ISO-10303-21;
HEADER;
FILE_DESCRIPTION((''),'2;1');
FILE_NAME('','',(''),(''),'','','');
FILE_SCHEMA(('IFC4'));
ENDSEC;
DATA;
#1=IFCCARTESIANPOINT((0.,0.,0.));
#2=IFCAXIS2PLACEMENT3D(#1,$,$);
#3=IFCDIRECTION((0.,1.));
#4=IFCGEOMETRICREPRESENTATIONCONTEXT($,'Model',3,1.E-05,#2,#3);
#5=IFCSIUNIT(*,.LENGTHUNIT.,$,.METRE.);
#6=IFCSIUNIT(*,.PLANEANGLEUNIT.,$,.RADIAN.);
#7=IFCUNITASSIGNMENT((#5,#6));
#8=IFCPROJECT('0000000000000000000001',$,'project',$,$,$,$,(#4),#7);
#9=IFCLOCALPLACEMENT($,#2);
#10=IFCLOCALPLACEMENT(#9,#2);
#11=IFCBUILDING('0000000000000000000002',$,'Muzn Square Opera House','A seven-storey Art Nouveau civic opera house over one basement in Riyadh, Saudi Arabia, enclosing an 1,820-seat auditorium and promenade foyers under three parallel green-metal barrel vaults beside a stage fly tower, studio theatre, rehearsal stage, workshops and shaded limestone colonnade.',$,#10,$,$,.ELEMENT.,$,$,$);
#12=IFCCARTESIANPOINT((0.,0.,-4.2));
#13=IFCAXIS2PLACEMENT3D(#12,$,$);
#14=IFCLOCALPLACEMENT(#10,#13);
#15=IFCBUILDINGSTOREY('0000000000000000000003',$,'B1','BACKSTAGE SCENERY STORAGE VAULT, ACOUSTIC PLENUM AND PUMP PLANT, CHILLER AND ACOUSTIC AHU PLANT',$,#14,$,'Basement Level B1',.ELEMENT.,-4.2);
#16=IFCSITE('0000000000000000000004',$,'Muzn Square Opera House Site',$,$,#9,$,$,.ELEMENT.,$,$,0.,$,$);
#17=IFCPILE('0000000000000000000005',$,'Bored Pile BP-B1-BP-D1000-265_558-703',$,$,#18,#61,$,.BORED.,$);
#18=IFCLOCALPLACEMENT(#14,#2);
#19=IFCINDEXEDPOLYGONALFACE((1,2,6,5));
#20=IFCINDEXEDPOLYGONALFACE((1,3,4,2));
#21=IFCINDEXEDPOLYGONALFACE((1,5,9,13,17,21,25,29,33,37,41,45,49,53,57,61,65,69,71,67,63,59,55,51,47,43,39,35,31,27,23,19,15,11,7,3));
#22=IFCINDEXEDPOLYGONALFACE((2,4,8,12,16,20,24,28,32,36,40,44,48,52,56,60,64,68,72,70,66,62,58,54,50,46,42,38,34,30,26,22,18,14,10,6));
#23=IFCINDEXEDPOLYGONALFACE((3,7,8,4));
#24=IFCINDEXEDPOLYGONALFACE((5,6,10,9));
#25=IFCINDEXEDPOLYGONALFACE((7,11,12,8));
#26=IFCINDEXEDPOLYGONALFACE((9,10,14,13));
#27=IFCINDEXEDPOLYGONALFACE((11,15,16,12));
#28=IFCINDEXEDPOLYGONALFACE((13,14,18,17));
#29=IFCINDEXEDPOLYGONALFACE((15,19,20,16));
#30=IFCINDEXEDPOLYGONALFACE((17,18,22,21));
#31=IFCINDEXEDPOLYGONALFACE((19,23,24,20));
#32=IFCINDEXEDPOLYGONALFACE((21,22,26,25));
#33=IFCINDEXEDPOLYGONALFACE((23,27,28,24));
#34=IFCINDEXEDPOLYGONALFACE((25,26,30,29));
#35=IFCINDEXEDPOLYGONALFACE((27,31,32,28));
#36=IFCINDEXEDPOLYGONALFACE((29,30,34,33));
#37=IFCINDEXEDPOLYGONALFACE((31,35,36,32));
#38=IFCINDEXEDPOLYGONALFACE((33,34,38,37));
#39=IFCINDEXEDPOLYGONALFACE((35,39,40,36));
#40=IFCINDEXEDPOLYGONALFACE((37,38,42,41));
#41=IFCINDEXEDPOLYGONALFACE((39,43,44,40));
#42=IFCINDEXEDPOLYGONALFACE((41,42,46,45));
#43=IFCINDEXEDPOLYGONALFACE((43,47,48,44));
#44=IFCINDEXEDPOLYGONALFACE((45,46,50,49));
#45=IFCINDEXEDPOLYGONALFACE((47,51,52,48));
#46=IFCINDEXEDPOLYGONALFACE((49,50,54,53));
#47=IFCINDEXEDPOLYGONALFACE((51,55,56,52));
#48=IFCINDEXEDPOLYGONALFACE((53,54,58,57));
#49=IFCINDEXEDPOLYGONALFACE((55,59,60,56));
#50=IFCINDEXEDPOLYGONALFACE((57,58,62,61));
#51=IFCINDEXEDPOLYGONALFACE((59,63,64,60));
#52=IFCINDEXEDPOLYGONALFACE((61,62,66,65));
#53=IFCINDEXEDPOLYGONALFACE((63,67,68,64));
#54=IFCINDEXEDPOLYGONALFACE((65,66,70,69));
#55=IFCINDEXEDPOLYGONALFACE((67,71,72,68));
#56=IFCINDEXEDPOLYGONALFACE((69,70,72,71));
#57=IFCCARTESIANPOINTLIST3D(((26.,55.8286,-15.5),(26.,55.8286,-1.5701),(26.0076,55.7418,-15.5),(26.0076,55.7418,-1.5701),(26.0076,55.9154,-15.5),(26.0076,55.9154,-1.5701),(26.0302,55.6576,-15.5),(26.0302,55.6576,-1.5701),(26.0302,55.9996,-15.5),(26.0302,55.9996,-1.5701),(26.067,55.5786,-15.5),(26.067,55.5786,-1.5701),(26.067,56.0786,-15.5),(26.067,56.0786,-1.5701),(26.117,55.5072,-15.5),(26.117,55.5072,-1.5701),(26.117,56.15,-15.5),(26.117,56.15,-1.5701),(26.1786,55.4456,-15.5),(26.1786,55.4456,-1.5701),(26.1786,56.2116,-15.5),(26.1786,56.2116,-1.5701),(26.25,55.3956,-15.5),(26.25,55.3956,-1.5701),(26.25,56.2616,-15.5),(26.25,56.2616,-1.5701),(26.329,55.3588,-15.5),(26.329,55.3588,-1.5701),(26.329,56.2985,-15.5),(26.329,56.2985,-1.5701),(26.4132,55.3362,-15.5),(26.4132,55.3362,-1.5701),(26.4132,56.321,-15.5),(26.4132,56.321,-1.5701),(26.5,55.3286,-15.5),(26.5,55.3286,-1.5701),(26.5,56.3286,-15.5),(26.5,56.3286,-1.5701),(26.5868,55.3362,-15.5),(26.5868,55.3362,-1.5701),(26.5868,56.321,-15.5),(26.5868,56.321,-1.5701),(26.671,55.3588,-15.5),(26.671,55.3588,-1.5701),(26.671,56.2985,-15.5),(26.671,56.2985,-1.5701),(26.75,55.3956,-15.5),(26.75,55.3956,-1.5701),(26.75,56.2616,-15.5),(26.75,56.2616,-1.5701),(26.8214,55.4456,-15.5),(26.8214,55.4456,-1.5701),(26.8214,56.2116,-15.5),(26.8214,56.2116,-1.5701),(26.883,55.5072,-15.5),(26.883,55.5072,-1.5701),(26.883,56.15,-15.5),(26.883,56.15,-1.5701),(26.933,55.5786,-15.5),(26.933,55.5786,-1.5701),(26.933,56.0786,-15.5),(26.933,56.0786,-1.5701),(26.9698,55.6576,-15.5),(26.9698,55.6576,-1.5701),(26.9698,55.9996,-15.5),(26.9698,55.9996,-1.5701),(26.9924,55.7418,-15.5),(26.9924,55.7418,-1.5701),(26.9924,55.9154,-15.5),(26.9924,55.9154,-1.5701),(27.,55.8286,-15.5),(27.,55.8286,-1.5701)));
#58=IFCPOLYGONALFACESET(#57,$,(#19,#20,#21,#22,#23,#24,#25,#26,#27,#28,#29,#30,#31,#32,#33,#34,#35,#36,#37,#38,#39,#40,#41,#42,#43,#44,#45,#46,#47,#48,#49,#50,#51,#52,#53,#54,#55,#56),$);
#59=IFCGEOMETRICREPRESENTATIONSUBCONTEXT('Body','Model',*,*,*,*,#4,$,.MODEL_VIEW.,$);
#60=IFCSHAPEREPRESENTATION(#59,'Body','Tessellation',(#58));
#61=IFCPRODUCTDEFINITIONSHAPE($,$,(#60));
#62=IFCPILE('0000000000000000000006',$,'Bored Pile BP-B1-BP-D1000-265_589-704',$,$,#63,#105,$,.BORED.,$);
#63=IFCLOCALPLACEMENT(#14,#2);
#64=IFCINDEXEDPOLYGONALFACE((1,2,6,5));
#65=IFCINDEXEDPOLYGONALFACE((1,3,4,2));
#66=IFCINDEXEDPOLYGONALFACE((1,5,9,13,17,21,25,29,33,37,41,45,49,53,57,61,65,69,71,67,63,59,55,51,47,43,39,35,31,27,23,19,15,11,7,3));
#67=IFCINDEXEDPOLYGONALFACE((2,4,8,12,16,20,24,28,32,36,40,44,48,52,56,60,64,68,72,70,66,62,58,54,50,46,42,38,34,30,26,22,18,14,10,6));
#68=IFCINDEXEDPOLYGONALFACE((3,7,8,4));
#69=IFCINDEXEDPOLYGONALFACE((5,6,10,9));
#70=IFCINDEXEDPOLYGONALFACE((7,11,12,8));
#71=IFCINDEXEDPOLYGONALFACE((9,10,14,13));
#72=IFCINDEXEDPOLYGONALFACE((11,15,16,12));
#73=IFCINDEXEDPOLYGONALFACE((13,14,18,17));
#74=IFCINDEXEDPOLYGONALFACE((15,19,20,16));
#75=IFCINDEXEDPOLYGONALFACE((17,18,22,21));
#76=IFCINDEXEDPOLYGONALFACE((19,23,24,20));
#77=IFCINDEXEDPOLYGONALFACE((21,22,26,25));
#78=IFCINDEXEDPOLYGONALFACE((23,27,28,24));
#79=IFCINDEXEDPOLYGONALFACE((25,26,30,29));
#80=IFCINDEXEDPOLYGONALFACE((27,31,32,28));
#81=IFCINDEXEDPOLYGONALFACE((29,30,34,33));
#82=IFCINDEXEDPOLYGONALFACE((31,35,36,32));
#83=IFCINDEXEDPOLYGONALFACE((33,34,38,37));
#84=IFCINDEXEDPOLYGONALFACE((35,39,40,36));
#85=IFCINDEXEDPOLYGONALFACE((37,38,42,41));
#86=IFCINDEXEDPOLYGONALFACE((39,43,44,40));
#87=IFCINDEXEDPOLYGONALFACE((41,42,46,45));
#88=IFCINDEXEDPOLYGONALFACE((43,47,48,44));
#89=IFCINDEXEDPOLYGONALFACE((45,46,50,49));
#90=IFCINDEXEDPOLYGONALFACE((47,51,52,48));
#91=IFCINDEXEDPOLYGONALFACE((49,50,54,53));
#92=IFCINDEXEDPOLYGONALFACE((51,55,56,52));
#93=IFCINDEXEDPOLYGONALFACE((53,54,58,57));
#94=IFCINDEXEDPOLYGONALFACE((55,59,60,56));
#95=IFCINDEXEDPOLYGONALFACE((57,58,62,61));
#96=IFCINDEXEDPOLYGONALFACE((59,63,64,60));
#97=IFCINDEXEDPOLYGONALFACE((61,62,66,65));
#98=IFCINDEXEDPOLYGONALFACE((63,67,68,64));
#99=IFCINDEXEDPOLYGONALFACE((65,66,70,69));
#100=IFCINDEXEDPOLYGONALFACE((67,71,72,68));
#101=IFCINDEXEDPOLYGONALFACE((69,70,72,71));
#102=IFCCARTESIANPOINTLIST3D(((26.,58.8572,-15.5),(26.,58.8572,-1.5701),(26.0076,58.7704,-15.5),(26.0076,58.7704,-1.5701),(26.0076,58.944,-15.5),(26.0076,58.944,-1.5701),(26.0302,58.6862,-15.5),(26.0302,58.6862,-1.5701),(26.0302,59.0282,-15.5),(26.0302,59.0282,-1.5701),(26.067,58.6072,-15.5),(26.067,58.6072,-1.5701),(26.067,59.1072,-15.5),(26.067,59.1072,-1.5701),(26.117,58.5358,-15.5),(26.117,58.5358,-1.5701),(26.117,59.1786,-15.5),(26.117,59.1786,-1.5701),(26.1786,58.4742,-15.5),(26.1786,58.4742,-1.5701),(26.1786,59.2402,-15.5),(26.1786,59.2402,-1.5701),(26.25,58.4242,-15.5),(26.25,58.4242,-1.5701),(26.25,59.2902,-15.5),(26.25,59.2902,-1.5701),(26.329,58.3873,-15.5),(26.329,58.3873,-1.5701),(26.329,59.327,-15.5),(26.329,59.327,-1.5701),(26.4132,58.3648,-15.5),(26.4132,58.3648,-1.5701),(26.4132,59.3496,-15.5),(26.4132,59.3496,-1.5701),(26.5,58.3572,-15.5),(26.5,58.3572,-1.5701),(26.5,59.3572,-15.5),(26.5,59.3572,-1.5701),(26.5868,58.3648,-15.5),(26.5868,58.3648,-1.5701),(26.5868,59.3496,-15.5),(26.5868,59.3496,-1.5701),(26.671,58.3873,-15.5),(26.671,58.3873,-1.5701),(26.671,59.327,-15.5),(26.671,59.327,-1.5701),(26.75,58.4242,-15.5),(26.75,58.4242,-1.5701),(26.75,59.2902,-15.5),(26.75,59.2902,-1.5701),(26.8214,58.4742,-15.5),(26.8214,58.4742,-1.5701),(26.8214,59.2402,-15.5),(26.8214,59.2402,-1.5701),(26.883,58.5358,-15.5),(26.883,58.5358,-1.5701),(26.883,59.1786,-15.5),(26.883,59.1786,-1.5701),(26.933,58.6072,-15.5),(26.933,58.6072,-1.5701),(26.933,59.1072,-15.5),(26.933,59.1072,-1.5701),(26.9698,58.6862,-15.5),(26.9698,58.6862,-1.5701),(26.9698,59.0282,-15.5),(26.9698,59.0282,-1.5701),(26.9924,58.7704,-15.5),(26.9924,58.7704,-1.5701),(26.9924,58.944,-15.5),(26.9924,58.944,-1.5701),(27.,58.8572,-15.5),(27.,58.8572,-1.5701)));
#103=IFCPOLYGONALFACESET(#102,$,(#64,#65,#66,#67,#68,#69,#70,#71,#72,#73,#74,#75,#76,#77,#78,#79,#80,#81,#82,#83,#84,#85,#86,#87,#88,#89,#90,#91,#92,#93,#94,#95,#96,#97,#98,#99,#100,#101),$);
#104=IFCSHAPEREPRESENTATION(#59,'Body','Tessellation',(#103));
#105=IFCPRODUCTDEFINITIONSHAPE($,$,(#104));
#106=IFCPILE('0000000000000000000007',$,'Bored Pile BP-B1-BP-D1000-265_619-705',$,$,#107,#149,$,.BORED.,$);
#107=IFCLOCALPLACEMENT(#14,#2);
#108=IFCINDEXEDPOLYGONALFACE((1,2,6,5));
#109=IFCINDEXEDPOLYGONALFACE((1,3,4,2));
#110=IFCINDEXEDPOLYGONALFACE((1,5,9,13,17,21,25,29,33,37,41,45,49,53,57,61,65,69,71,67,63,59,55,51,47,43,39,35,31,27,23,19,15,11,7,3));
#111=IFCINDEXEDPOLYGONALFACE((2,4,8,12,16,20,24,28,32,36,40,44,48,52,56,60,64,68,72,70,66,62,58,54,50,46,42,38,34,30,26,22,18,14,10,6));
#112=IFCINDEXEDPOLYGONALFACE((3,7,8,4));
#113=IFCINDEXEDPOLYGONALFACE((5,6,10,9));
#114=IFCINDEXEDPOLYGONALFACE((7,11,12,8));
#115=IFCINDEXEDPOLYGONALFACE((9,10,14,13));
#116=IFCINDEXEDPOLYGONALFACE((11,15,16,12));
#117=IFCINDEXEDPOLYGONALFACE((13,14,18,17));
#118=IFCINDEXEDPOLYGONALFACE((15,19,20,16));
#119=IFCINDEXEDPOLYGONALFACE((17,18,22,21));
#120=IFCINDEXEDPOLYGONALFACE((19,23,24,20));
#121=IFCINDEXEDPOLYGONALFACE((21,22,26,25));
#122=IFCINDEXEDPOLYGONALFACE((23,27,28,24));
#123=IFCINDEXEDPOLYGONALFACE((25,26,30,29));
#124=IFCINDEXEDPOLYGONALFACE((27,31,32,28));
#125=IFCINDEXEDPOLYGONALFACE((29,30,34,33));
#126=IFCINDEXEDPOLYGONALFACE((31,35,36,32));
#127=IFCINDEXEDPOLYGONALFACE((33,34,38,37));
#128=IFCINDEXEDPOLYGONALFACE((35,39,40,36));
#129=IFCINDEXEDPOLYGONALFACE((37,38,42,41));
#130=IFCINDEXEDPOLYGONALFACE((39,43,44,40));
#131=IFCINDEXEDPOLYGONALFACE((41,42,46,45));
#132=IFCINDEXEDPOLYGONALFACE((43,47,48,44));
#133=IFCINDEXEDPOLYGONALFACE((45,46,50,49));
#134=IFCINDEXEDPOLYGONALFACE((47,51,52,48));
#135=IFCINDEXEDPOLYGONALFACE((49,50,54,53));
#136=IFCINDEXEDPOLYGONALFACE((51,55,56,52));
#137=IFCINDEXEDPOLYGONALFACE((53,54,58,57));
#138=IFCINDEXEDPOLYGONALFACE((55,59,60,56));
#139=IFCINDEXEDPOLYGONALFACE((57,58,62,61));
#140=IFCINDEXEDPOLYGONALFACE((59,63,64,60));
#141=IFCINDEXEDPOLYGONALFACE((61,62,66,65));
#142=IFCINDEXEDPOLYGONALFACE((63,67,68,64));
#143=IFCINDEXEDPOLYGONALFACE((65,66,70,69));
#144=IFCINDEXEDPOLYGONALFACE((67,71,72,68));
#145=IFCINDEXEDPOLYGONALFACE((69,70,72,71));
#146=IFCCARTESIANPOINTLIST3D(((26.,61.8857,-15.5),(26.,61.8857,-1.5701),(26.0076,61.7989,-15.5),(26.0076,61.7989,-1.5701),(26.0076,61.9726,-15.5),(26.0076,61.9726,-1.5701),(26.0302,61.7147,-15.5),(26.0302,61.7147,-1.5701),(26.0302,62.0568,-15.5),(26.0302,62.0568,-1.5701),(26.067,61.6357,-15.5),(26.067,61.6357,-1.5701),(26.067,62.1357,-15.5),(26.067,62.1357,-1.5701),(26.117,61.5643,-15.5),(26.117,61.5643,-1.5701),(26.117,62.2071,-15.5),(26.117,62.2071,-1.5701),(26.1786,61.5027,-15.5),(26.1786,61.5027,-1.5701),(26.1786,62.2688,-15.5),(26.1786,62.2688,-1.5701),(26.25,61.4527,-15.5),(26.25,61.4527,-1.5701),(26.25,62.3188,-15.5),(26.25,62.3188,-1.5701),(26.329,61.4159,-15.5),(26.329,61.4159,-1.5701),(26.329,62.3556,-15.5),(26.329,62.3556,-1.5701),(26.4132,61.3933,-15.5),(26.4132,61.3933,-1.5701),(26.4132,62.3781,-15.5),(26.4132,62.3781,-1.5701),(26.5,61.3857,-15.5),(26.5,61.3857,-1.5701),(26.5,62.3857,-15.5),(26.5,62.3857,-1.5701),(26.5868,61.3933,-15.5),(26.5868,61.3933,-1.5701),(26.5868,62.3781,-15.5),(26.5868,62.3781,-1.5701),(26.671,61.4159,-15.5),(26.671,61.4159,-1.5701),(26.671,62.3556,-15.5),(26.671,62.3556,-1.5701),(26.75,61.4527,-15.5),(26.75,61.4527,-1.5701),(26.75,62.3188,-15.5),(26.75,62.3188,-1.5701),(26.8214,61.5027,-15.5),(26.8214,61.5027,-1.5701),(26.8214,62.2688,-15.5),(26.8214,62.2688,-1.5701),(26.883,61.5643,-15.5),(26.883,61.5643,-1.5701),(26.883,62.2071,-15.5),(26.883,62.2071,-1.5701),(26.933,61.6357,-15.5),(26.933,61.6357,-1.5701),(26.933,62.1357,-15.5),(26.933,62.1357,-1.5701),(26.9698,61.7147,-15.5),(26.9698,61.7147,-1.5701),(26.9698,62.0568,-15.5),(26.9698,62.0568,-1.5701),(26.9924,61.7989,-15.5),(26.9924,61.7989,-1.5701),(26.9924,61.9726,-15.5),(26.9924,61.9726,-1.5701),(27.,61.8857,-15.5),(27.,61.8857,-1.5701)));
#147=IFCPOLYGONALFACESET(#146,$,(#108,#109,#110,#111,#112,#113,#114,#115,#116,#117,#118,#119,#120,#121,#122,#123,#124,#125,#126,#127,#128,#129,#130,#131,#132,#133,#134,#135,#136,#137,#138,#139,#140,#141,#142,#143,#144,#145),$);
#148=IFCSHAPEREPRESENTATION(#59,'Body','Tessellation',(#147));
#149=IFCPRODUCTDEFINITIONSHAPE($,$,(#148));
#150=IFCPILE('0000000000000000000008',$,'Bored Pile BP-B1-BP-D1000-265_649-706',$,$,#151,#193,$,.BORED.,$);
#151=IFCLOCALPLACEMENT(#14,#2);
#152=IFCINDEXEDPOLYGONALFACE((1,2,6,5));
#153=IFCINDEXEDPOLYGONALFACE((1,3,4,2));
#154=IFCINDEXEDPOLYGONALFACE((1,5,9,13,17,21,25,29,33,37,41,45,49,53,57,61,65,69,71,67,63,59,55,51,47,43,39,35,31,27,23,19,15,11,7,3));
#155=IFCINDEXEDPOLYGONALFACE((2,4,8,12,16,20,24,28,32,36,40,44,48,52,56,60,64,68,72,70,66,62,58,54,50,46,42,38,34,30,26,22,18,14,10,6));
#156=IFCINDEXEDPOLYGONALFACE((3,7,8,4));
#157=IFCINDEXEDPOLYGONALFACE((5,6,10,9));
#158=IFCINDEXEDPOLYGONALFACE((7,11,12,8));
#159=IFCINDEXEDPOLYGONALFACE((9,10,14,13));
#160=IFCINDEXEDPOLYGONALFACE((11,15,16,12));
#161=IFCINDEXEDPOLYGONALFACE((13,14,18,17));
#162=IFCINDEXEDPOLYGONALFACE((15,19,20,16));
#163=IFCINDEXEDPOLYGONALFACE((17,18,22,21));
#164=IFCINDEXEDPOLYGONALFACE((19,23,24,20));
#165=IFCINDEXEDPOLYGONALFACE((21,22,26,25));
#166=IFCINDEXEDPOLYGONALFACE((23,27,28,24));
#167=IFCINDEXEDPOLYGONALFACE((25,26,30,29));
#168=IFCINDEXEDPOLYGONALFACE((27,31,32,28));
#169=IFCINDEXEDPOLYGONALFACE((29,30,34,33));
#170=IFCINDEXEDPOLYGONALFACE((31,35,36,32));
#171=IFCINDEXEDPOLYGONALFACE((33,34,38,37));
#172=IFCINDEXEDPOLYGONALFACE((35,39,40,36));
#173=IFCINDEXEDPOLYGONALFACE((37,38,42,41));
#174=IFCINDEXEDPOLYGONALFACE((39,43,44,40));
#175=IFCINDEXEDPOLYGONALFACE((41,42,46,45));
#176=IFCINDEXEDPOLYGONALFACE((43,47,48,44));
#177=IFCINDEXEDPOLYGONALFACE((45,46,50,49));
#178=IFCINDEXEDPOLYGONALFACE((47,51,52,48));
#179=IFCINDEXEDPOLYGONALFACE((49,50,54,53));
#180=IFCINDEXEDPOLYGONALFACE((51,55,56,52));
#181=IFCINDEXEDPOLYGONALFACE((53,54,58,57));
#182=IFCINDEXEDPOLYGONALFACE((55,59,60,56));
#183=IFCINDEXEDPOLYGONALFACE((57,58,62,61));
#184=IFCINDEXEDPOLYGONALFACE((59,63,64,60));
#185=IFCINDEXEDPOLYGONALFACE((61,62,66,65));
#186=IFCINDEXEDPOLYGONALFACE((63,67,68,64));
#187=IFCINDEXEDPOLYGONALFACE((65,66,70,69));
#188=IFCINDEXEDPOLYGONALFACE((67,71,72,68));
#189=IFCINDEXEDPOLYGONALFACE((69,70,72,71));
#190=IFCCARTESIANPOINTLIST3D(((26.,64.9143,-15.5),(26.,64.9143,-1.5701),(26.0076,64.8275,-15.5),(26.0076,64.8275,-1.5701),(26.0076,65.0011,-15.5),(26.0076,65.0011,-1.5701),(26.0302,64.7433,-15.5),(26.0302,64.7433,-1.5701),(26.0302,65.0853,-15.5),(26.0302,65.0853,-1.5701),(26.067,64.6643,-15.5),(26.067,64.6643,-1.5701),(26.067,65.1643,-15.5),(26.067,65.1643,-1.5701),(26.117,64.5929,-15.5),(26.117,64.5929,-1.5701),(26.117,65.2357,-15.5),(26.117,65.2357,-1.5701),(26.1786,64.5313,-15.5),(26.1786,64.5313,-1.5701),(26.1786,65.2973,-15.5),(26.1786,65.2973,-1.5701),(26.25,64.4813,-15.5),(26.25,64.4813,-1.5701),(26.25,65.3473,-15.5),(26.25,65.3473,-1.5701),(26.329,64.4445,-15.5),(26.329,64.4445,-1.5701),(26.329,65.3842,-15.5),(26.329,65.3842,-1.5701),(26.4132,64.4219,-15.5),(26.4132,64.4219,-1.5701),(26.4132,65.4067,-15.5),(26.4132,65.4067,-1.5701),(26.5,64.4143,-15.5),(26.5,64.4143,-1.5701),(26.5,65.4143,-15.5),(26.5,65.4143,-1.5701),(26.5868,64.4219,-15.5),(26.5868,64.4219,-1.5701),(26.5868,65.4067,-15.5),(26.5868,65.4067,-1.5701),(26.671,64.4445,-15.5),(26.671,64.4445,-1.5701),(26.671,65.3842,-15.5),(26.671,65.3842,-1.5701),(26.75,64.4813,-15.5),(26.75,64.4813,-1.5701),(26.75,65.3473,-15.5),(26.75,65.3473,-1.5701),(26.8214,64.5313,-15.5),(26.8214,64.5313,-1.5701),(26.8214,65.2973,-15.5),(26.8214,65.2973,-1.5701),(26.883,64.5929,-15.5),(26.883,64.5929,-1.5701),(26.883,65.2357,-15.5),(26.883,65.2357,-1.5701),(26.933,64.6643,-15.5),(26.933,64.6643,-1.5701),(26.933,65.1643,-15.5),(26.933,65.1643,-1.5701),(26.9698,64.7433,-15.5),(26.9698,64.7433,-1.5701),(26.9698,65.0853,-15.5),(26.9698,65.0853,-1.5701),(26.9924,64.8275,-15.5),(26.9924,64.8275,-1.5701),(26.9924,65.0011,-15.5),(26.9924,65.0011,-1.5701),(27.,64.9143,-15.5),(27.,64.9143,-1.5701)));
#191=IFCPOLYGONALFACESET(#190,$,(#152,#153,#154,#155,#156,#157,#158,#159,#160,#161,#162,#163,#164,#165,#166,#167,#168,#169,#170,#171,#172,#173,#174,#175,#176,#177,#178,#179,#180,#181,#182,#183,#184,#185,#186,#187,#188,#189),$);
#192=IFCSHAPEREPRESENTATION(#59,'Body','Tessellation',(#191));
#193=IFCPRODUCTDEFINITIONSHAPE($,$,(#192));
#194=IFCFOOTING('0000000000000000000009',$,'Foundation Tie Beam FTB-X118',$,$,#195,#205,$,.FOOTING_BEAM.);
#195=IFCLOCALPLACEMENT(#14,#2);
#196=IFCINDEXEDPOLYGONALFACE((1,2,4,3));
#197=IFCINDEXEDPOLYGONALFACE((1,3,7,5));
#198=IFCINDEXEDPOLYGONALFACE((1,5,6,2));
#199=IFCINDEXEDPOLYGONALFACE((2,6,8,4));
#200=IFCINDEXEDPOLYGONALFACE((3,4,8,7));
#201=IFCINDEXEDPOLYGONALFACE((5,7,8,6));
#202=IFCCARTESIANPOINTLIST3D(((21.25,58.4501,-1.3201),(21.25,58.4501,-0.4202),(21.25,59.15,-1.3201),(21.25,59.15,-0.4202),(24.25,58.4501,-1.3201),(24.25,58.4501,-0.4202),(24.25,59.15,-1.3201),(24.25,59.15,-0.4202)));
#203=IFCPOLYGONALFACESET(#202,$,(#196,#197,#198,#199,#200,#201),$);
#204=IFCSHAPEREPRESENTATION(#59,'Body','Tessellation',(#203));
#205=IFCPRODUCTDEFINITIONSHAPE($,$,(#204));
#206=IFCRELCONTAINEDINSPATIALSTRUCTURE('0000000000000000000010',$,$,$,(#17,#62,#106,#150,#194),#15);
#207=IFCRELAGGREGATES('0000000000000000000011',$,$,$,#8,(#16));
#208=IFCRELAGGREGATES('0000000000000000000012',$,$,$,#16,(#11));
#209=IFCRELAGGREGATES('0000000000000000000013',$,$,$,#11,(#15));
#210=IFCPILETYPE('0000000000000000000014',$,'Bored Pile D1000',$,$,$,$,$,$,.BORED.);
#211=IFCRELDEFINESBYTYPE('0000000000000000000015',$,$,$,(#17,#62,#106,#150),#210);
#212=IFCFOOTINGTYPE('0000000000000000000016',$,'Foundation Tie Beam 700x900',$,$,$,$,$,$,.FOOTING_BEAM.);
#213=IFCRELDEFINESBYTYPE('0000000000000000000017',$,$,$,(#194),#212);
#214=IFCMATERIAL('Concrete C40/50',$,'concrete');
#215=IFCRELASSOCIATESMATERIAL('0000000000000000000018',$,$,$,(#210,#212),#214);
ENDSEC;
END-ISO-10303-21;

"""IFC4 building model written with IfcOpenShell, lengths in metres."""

from ifc_helpers import new_model, si_unit, direction, frame, origin, origin_2d, place, context, subcontext, project, spatial, rectangle, circle, extrude, material, material_profile, profile_set, type_object, element, save


model = new_model("IFC4")

# Units and contexts
model_context = context("Model", 3, precision=1e-05, world=origin(), true_north=direction((0.0, 1.0)))
body_context = subcontext(model_context, "Body", "Model", "MODEL_VIEW")
ifc_project = project(units=[si_unit("LENGTHUNIT", "METRE"), si_unit("PLANEANGLEUNIT", "RADIAN")], contexts=[model_context])

# Site, building, storey
site_placement = place(None, origin())
site = spatial("IfcSite", under=ifc_project, at=site_placement, Name="Muzn Square Opera House Site", CompositionType="ELEMENT", RefElevation=0.0)
building_placement = place(site_placement, origin())
building = spatial("IfcBuilding", under=site, at=building_placement, Name="Muzn Square Opera House", Description="A seven-storey Art Nouveau civic opera house over one basement in Riyadh, Saudi Arabia, enclosing an 1,820-seat auditorium and promenade foyers under three parallel green-metal barrel vaults beside a stage fly tower, studio theatre, rehearsal stage, workshops and shaded limestone colonnade.", CompositionType="ELEMENT")
storey_placement = place(building_placement, frame((0.0, 0.0, -4.2)))
storey = spatial("IfcBuildingStorey", under=building, at=storey_placement, Name="B1", Description="BACKSTAGE SCENERY STORAGE VAULT, ACOUSTIC PLENUM AND PUMP PLANT, CHILLER AND ACOUSTIC AHU PLANT", LongName="Basement Level B1", CompositionType="ELEMENT", Elevation=-4.2)

# Piles
ifc_material_1 = material(Name="Concrete C40/50", Category="concrete")
ifc_material_profile_1 = material_profile(ifc_material_1, circle(Radius=0.5, at=origin_2d()), Name="BORED PILE D1000", Category="concrete")
ifc_profile_set_1 = profile_set([ifc_material_profile_1], Name="Concrete C40/50")
pile_type = type_object("IfcPileType", Name="Bored Pile D1000", PredefinedType="BORED", material=ifc_profile_set_1)
for number, where, z_axis, x_axis, name in (
    (1, (26.5, 55.8286, -1.5701), (0.0, 0.0, -1.0), (1.0, 0.0, 0.0), "Bored Pile BP-B1-BP-D1000-265_558-703"),
    (2, (26.5, 58.8572, -1.5701), (0.0, 0.0, -1.0), (1.0, 0.0, 0.0), "Bored Pile BP-B1-BP-D1000-265_589-704"),
    (3, (26.5, 61.8857, -1.5701), (0.0, 0.0, -1.0), (1.0, 0.0, 0.0), "Bored Pile BP-B1-BP-D1000-265_619-705"),
    (4, (26.5, 64.9143, -1.5701), (0.0, 0.0, -1.0), (1.0, 0.0, 0.0), "Bored Pile BP-B1-BP-D1000-265_649-706"),
):
    element("IfcPile", number, at=place(storey_placement, frame(where, z_axis=z_axis, x_axis=x_axis)), inside=storey, type_object=pile_type, Name=name, PredefinedType="BORED", context=body_context, shape_type="SweptSolid", body=[
        extrude(circle(Radius=0.5, at=origin_2d()), origin(), (0.0, 0.0, 1.0), 13.9299),
    ])

# Footing
ifc_material_profile_2 = material_profile(ifc_material_1, rectangle(XDim=0.7, YDim=0.8999, at=origin_2d()), Name="RCTB 700x900", Category="concrete")
ifc_profile_set_2 = profile_set([ifc_material_profile_2], Name="Concrete C40/50")
footing_type_1 = type_object("IfcFootingType", Name="Foundation Tie Beam 700x900", PredefinedType="FOOTING_BEAM", material=ifc_profile_set_2)
for number, where, z_axis, x_axis, name in (
    (5, (21.25, 58.8, -0.8701), (1.0, 0.0, 0.0), (0.0, 1.0, 0.0), "Foundation Tie Beam FTB-X118"),
):
    element("IfcFooting", number, at=place(storey_placement, frame(where, z_axis=z_axis, x_axis=x_axis)), inside=storey, type_object=footing_type_1, Name=name, PredefinedType="FOOTING_BEAM", context=body_context, shape_type="SweptSolid", body=[
        extrude(rectangle(XDim=0.7, YDim=0.8999, at=origin_2d()), origin(), (0.0, 0.0, 1.0), 3.0),
    ])

save(model, "model.ifc")
